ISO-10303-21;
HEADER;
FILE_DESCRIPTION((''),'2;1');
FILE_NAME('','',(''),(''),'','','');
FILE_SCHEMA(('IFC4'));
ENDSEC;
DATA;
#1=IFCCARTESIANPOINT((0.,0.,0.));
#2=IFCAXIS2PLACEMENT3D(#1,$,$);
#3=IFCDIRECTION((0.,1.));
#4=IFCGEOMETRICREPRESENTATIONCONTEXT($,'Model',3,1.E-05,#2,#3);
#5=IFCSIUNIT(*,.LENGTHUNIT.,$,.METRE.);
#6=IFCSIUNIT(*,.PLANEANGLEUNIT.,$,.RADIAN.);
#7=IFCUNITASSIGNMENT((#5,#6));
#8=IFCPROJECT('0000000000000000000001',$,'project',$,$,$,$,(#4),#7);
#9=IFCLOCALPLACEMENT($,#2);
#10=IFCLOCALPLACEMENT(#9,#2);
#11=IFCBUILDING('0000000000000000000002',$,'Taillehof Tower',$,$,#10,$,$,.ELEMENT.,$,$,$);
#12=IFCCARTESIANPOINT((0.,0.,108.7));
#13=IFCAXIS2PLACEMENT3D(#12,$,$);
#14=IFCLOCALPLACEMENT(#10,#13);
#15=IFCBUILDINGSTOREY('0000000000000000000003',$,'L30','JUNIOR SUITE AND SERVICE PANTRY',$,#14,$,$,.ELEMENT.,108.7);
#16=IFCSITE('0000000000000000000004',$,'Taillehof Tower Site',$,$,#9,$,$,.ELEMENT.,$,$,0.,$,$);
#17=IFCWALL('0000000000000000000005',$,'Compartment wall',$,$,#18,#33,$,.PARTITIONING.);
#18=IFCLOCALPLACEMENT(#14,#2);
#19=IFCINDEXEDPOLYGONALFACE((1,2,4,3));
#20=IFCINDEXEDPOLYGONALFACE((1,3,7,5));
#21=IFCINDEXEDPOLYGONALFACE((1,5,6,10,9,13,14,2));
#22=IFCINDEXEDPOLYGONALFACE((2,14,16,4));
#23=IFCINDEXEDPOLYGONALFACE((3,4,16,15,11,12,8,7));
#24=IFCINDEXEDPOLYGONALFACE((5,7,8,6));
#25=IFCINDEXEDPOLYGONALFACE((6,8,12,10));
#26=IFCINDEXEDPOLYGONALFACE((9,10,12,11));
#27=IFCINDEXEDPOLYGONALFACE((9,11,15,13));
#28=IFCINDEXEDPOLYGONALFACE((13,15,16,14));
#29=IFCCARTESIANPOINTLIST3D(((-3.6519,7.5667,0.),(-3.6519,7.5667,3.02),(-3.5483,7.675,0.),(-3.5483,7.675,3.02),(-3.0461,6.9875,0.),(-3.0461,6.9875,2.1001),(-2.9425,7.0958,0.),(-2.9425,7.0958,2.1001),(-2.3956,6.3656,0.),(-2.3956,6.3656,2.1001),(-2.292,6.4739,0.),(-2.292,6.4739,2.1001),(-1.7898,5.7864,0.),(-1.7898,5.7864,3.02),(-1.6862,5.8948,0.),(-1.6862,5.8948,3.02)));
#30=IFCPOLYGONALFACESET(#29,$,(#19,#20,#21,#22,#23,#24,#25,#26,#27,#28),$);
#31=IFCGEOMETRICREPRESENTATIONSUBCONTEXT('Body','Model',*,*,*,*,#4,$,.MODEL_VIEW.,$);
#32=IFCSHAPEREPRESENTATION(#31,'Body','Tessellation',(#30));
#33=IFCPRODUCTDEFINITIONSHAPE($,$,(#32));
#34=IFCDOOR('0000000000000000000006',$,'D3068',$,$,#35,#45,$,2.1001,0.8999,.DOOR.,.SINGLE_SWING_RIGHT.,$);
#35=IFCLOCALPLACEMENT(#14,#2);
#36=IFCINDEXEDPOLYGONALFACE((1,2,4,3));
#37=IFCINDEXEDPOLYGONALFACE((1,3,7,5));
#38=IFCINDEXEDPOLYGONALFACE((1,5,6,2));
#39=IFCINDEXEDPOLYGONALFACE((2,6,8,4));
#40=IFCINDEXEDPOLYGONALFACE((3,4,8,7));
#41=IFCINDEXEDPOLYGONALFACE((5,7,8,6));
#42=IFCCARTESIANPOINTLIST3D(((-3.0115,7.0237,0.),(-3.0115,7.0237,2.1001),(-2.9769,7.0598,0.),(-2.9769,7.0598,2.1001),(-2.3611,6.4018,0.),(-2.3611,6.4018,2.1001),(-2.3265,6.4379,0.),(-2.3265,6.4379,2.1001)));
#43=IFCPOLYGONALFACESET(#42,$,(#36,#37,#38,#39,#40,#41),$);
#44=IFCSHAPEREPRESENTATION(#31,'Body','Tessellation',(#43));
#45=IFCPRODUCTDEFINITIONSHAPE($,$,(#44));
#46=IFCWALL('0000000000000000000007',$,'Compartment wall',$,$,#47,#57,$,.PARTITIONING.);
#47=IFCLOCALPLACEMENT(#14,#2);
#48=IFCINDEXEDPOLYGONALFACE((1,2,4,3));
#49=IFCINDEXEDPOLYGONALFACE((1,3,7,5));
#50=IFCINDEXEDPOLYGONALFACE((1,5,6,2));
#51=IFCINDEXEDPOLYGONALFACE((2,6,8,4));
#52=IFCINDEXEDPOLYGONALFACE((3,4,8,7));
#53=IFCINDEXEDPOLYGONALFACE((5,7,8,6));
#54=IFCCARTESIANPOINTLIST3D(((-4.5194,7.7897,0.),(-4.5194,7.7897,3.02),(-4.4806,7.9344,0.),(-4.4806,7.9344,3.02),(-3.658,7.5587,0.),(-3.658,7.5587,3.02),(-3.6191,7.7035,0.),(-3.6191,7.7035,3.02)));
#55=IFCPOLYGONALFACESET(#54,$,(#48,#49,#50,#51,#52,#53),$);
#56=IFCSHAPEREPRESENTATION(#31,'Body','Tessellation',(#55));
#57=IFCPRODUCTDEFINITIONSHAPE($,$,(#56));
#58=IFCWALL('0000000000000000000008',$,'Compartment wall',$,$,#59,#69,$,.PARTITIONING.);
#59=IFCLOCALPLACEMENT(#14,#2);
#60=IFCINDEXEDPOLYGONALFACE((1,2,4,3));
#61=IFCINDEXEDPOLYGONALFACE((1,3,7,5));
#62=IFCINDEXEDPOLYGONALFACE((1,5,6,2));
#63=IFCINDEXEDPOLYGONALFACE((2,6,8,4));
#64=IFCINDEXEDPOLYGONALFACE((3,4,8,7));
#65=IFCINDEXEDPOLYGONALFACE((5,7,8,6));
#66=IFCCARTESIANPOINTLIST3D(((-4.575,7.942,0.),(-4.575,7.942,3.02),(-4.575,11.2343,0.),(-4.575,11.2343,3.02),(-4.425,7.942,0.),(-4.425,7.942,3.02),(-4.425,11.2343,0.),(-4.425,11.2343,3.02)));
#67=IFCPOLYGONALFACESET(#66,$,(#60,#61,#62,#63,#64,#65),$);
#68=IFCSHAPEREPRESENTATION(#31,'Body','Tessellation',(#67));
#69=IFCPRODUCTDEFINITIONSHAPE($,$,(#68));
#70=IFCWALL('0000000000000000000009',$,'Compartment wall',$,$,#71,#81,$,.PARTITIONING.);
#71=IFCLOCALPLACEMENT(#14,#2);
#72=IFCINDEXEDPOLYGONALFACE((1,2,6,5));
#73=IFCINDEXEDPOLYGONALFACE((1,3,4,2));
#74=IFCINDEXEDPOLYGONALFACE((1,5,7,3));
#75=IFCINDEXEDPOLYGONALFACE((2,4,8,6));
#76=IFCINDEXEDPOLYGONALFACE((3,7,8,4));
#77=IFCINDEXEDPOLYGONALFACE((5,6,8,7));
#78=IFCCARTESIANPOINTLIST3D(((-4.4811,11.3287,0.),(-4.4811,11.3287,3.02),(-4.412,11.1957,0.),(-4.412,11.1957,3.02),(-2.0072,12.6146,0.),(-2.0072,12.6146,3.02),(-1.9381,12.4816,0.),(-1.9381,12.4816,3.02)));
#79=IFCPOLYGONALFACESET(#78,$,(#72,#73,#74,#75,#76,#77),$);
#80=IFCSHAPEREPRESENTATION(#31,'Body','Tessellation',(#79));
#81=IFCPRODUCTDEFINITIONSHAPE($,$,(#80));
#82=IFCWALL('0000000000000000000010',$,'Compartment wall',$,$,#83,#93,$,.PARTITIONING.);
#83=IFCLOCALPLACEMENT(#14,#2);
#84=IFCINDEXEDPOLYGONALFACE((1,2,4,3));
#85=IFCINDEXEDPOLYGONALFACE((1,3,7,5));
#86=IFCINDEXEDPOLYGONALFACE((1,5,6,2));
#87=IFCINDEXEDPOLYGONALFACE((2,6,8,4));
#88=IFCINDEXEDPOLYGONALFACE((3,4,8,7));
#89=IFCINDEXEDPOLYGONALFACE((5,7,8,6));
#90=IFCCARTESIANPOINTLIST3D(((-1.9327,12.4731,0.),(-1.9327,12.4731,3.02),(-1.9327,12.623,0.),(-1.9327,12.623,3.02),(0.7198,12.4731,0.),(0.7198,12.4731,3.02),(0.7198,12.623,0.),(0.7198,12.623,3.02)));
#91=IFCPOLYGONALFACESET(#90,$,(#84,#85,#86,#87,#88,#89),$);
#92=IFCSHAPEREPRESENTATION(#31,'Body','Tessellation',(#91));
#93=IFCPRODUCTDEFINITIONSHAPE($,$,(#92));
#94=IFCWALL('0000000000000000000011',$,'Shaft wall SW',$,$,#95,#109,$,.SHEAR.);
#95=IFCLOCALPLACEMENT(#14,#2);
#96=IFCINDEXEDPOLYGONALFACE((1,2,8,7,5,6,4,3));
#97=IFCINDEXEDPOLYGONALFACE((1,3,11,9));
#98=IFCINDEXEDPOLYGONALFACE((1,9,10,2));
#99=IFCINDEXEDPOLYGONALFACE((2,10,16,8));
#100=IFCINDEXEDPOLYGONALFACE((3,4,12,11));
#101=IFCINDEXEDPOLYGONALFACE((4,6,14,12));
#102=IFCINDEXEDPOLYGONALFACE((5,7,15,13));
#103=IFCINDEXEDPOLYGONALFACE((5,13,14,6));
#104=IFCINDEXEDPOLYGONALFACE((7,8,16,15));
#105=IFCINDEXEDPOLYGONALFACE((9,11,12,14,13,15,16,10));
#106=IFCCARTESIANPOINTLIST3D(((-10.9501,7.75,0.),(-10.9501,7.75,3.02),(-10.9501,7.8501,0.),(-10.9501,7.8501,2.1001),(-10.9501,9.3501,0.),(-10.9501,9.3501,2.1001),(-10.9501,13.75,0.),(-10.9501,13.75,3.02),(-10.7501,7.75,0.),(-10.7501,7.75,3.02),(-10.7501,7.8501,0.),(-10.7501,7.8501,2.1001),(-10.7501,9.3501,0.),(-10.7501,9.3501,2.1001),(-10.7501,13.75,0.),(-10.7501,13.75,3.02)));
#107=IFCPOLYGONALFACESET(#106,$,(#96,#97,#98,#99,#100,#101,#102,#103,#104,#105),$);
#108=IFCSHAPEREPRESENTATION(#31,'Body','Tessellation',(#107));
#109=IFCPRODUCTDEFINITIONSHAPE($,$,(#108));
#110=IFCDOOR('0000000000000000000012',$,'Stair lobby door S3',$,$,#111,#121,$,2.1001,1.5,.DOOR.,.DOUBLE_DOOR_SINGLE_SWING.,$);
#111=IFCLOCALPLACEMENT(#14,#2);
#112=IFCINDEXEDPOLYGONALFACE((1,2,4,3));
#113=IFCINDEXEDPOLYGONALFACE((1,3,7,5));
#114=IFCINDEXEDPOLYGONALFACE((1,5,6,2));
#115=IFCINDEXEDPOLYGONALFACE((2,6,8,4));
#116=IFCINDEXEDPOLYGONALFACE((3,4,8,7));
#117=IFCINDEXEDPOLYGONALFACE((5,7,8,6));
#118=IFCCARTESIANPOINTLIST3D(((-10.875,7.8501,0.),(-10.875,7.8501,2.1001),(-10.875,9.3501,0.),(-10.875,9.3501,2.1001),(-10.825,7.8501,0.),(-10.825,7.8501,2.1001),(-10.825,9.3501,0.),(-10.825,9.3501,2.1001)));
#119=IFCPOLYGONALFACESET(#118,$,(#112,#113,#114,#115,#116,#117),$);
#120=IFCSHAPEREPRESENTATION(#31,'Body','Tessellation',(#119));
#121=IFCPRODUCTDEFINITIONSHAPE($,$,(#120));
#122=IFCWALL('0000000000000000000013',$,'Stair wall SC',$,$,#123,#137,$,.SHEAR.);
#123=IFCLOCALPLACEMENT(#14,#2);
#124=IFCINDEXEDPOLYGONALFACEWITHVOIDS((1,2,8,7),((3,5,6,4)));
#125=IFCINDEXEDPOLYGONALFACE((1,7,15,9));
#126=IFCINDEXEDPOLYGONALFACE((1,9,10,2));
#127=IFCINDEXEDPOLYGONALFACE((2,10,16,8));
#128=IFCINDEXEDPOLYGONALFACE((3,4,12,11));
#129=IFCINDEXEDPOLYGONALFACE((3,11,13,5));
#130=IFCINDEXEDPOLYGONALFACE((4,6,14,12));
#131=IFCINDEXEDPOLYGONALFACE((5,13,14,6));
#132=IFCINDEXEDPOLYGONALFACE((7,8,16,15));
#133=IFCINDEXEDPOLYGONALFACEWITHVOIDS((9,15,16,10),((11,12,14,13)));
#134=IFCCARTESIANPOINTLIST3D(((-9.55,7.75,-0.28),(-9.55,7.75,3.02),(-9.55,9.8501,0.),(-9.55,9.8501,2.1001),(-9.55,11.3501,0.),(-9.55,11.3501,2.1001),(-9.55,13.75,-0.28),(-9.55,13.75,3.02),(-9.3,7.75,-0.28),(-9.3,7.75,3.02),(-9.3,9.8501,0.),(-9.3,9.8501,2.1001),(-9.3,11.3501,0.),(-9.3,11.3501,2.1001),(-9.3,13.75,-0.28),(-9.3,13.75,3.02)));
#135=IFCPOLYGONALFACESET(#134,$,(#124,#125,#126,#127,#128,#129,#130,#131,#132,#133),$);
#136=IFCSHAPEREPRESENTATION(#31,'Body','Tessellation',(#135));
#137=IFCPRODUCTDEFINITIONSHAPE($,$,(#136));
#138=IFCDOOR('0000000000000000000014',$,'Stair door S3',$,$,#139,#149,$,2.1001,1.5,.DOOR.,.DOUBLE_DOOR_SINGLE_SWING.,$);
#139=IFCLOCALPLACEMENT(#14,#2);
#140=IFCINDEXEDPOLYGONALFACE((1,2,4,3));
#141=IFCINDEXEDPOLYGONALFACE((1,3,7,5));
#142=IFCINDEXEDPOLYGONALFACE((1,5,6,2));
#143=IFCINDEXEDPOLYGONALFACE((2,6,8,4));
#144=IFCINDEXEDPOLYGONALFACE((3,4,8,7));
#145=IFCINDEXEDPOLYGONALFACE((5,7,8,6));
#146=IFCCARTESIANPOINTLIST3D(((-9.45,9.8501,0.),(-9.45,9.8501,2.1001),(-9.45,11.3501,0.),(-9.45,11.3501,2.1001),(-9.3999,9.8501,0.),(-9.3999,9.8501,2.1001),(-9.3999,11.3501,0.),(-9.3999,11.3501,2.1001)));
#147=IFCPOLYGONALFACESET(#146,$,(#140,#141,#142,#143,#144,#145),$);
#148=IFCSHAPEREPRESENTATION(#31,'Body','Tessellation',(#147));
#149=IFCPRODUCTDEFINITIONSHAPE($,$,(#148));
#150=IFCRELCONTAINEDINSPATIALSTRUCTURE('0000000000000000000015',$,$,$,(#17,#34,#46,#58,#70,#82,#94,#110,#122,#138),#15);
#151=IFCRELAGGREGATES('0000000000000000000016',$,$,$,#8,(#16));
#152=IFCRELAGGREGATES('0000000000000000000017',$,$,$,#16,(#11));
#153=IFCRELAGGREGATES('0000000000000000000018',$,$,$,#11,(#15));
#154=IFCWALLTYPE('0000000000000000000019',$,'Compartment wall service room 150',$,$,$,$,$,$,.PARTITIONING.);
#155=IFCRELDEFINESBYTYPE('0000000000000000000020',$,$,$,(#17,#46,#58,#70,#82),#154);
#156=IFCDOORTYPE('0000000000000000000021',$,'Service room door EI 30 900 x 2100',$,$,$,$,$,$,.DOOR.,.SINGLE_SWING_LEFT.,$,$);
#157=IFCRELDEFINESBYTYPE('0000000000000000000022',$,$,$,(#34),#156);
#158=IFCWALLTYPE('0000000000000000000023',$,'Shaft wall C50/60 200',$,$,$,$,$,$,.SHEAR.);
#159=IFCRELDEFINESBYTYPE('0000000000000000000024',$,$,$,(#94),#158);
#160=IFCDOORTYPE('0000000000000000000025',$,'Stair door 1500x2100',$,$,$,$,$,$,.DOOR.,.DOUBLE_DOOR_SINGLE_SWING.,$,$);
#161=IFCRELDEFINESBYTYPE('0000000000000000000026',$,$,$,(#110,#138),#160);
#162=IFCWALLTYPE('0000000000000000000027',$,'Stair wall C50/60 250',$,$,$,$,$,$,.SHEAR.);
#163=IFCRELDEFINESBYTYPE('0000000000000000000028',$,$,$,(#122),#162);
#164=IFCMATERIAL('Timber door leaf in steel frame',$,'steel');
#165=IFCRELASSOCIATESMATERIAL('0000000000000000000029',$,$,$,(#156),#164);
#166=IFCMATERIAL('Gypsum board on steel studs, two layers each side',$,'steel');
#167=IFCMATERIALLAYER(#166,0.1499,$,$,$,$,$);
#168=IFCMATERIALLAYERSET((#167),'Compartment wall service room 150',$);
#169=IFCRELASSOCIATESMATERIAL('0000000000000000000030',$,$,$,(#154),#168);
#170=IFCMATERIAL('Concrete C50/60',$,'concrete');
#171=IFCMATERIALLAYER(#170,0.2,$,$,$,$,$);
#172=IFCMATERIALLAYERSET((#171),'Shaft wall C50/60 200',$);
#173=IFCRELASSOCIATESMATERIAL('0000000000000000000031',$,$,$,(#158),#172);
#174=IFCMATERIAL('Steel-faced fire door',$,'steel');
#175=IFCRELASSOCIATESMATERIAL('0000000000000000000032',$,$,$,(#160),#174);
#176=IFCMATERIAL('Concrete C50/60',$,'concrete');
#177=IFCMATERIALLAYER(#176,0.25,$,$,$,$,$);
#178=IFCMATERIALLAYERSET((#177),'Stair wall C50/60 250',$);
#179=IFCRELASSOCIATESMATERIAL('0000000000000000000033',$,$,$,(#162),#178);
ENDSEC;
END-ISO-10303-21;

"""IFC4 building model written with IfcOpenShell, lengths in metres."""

from ifc_helpers import new_model, si_unit, direction, frame, frame_2d, origin, place, context, subcontext, project, spatial, rectangle, extrude, material, layer, layer_set, type_object, element, fill, save


model = new_model("IFC4")

# Units and contexts
model_context = context("Model", 3, precision=1e-05, world=origin(), true_north=direction((0.0, 1.0)))
body_context = subcontext(model_context, "Body", "Model", "MODEL_VIEW")
ifc_project = project(units=[si_unit("LENGTHUNIT", "METRE"), si_unit("PLANEANGLEUNIT", "RADIAN")], contexts=[model_context])

# Site, building, storey
site_placement = place(None, origin())
site = spatial("IfcSite", under=ifc_project, at=site_placement, Name="Taillehof Tower Site", CompositionType="ELEMENT", RefElevation=0.0)
building_placement = place(site_placement, origin())
building = spatial("IfcBuilding", under=site, at=building_placement, Name="Taillehof Tower", CompositionType="ELEMENT")
storey_placement = place(building_placement, frame((0.0, 0.0, 108.7)))
storey = spatial("IfcBuildingStorey", under=building, at=storey_placement, Name="L30", Description="JUNIOR SUITE AND SERVICE PANTRY", CompositionType="ELEMENT", Elevation=108.7)

# Shared definitions
ifc_material_1 = material(Name="Timber door leaf in steel frame", Category="steel")
door_type_1 = type_object("IfcDoorType", Name="Service room door EI 30 900 x 2100", OperationType="SINGLE_SWING_LEFT", PredefinedType="DOOR", material=ifc_material_1)

# Shared definitions
ifc_material_2 = material(Name="Gypsum board on steel studs, two layers each side", Category="steel")
ifc_layer_1 = layer(ifc_material_2, 0.1499)
ifc_layer_set_1 = layer_set([ifc_layer_1], Name="Compartment wall service room 150")
wall_type_1 = type_object("IfcWallType", Name="Compartment wall service room 150", PredefinedType="PARTITIONING", material=ifc_layer_set_1)

# Wall, opening, door
wall_1_placement = place(storey_placement, frame((-1.738, 5.8406, 0.0), z_axis=(0.0, 0.0, 1.0), x_axis=(-0.722802, 0.691055, 0.0)))
wall_1 = element("IfcWall", 1, at=wall_1_placement, inside=storey, type_object=wall_type_1, Name="Compartment wall", PredefinedType="PARTITIONING", context=body_context, shape_type="SweptSolid", body=[
    extrude(rectangle(XDim=2.5762, YDim=0.1499, at=frame_2d((1.2881, 0.0))), origin(), (0.0, 0.0, 1.0), 3.02),
])
opening_1_placement = place(wall_1_placement, frame((0.8381, 0.0, 0.0)))
opening_1 = element("IfcOpeningElement", 2, at=opening_1_placement, cuts=wall_1, PredefinedType="OPENING", context=body_context, shape_type="SweptSolid", body=[
    extrude(rectangle(XDim=0.8999, YDim=2.1001, at=frame_2d((0.45, 1.05))), frame((0.0, 0.085, 0.0), z_axis=(0.0, -1.0, 0.0), x_axis=(1.0, 0.0, 0.0)), (0.0, 0.0, 1.0), 0.1699),
])
door_1_placement = place(opening_1_placement, origin())
door_1 = element("IfcDoor", 3, at=door_1_placement, inside=storey, type_object=door_type_1, Name="D3068", OperationType="SINGLE_SWING_RIGHT", OverallHeight=2.1001, OverallWidth=0.8999, PredefinedType="DOOR", context=body_context, shape_type="SweptSolid", body=[
    extrude(rectangle(XDim=0.8999, YDim=2.1001, at=frame_2d((0.45, 1.05))), frame((0.0, 0.0249, 0.0), z_axis=(0.0, -1.0, 0.0), x_axis=(1.0, 0.0, 0.0)), (0.0, 0.0, 1.0), 0.05),
])
fill(opening_1, door_1)

# Walls
wall_2_placement = place(storey_placement, frame((-3.6387, 7.6311, 0.0), z_axis=(0.0, 0.0, 1.0), x_axis=(-0.96588, 0.258992, 0.0)))
element("IfcWall", 4, at=wall_2_placement, inside=storey, type_object=wall_type_1, Name="Compartment wall", PredefinedType="PARTITIONING", context=body_context, shape_type="SweptSolid", body=[
    extrude(rectangle(XDim=0.8918, YDim=0.1499, at=frame_2d((0.4458, 0.0))), origin(), (0.0, 0.0, 1.0), 3.02),
])
wall_3_placement = place(storey_placement, frame((-4.5, 7.9421, 0.0), z_axis=(0.0, 0.0, 1.0), x_axis=(0.0, 1.0, 0.0)))
element("IfcWall", 5, at=wall_3_placement, inside=storey, type_object=wall_type_1, Name="Compartment wall", PredefinedType="PARTITIONING", context=body_context, shape_type="SweptSolid", body=[
    extrude(rectangle(XDim=3.2922, YDim=0.1499, at=frame_2d((1.646, 0.0))), origin(), (0.0, 0.0, 1.0), 3.02),
])
wall_4_placement = place(storey_placement, frame((-4.4465, 11.2622, 0.0), z_axis=(0.0, 0.0, 1.0), x_axis=(0.887294, 0.461204, 0.0)))
element("IfcWall", 6, at=wall_4_placement, inside=storey, type_object=wall_type_1, Name="Compartment wall", PredefinedType="PARTITIONING", context=body_context, shape_type="SweptSolid", body=[
    extrude(rectangle(XDim=2.7881, YDim=0.1499, at=frame_2d((1.394, 0.0))), origin(), (0.0, 0.0, 1.0), 3.02),
])
wall_5_placement = place(storey_placement, frame((-1.9326, 12.5481, 0.0), z_axis=(0.0, 0.0, 1.0), x_axis=(1.0, 0.0, 0.0)))
element("IfcWall", 7, at=wall_5_placement, inside=storey, type_object=wall_type_1, Name="Compartment wall", PredefinedType="PARTITIONING", context=body_context, shape_type="SweptSolid", body=[
    extrude(rectangle(XDim=2.6526, YDim=0.1499, at=frame_2d((1.3262, 0.0))), origin(), (0.0, 0.0, 1.0), 3.02),
])

# Walls, openings, doors
ifc_material_3 = material(Name="Concrete C50/60", Category="concrete")
ifc_layer_2 = layer(ifc_material_3, 0.2)
ifc_layer_set_2 = layer_set([ifc_layer_2], Name="Shaft wall C50/60 200")
wall_type_2 = type_object("IfcWallType", Name="Shaft wall C50/60 200", PredefinedType="SHEAR", material=ifc_layer_set_2)
wall_6_placement = place(storey_placement, frame((-10.8501, 7.75, 0.0), z_axis=(0.0, 0.0, 1.0), x_axis=(0.0, 1.0, 0.0)))
wall_6 = element("IfcWall", 8, at=wall_6_placement, inside=storey, type_object=wall_type_2, Name="Shaft wall SW", PredefinedType="SHEAR", context=body_context, shape_type="SweptSolid", body=[
    extrude(rectangle(XDim=6.0, YDim=0.2, at=frame_2d((3.0, 0.0))), origin(), (0.0, 0.0, 1.0), 3.02),
])
opening_2_placement = place(wall_6_placement, frame((0.1001, 0.0, 0.0)))
opening_2 = element("IfcOpeningElement", 9, at=opening_2_placement, cuts=wall_6, PredefinedType="OPENING", context=body_context, shape_type="SweptSolid", body=[
    extrude(rectangle(XDim=1.5, YDim=2.1001, at=frame_2d((0.75, 1.05))), frame((0.0, 0.1099, 0.0), z_axis=(0.0, -1.0, 0.0), x_axis=(1.0, 0.0, 0.0)), (0.0, 0.0, 1.0), 0.22),
])
ifc_material_4 = material(Name="Steel-faced fire door", Category="steel")
door_type_2 = type_object("IfcDoorType", Name="Stair door 1500x2100", OperationType="DOUBLE_DOOR_SINGLE_SWING", PredefinedType="DOOR", material=ifc_material_4)
door_2_placement = place(opening_2_placement, origin())
door_2 = element("IfcDoor", 10, at=door_2_placement, inside=storey, type_object=door_type_2, Name="Stair lobby door S3", OperationType="DOUBLE_DOOR_SINGLE_SWING", OverallHeight=2.1001, OverallWidth=1.5, PredefinedType="DOOR", context=body_context, shape_type="SweptSolid", body=[
    extrude(rectangle(XDim=1.5, YDim=2.1001, at=frame_2d((0.75, 1.05))), frame((0.0, 0.0249, 0.0), z_axis=(0.0, -1.0, 0.0), x_axis=(1.0, 0.0, 0.0)), (0.0, 0.0, 1.0), 0.05),
])
fill(opening_2, door_2)
ifc_material_5 = material(Name="Concrete C50/60", Category="concrete")
ifc_layer_3 = layer(ifc_material_5, 0.25)
ifc_layer_set_3 = layer_set([ifc_layer_3], Name="Stair wall C50/60 250")
wall_type_3 = type_object("IfcWallType", Name="Stair wall C50/60 250", PredefinedType="SHEAR", material=ifc_layer_set_3)
wall_7_placement = place(storey_placement, frame((-9.425, 7.75, -0.28), z_axis=(0.0, 0.0, 1.0), x_axis=(0.0, 1.0, 0.0)))
wall_7 = element("IfcWall", 11, at=wall_7_placement, inside=storey, type_object=wall_type_3, Name="Stair wall SC", PredefinedType="SHEAR", context=body_context, shape_type="SweptSolid", body=[
    extrude(rectangle(XDim=6.0, YDim=0.25, at=frame_2d((3.0, 0.0))), origin(), (0.0, 0.0, 1.0), 3.3),
])
opening_3_placement = place(wall_7_placement, frame((2.1001, 0.0, 0.28)))
opening_3 = element("IfcOpeningElement", 12, at=opening_3_placement, cuts=wall_7, PredefinedType="OPENING", context=body_context, shape_type="SweptSolid", body=[
    extrude(rectangle(XDim=1.5, YDim=2.1001, at=frame_2d((0.75, 1.05))), frame((0.0, 0.135, 0.0), z_axis=(0.0, -1.0, 0.0), x_axis=(1.0, 0.0, 0.0)), (0.0, 0.0, 1.0), 0.27),
])
door_3_placement = place(opening_3_placement, origin())
door_3 = element("IfcDoor", 13, at=door_3_placement, inside=storey, type_object=door_type_2, Name="Stair door S3", OperationType="DOUBLE_DOOR_SINGLE_SWING", OverallHeight=2.1001, OverallWidth=1.5, PredefinedType="DOOR", context=body_context, shape_type="SweptSolid", body=[
    extrude(rectangle(XDim=1.5, YDim=2.1001, at=frame_2d((0.75, 1.05))), frame((0.0, 0.0249, 0.0), z_axis=(0.0, -1.0, 0.0), x_axis=(1.0, 0.0, 0.0)), (0.0, 0.0, 1.0), 0.05),
])
fill(opening_3, door_3)

save(model, "model.ifc")
